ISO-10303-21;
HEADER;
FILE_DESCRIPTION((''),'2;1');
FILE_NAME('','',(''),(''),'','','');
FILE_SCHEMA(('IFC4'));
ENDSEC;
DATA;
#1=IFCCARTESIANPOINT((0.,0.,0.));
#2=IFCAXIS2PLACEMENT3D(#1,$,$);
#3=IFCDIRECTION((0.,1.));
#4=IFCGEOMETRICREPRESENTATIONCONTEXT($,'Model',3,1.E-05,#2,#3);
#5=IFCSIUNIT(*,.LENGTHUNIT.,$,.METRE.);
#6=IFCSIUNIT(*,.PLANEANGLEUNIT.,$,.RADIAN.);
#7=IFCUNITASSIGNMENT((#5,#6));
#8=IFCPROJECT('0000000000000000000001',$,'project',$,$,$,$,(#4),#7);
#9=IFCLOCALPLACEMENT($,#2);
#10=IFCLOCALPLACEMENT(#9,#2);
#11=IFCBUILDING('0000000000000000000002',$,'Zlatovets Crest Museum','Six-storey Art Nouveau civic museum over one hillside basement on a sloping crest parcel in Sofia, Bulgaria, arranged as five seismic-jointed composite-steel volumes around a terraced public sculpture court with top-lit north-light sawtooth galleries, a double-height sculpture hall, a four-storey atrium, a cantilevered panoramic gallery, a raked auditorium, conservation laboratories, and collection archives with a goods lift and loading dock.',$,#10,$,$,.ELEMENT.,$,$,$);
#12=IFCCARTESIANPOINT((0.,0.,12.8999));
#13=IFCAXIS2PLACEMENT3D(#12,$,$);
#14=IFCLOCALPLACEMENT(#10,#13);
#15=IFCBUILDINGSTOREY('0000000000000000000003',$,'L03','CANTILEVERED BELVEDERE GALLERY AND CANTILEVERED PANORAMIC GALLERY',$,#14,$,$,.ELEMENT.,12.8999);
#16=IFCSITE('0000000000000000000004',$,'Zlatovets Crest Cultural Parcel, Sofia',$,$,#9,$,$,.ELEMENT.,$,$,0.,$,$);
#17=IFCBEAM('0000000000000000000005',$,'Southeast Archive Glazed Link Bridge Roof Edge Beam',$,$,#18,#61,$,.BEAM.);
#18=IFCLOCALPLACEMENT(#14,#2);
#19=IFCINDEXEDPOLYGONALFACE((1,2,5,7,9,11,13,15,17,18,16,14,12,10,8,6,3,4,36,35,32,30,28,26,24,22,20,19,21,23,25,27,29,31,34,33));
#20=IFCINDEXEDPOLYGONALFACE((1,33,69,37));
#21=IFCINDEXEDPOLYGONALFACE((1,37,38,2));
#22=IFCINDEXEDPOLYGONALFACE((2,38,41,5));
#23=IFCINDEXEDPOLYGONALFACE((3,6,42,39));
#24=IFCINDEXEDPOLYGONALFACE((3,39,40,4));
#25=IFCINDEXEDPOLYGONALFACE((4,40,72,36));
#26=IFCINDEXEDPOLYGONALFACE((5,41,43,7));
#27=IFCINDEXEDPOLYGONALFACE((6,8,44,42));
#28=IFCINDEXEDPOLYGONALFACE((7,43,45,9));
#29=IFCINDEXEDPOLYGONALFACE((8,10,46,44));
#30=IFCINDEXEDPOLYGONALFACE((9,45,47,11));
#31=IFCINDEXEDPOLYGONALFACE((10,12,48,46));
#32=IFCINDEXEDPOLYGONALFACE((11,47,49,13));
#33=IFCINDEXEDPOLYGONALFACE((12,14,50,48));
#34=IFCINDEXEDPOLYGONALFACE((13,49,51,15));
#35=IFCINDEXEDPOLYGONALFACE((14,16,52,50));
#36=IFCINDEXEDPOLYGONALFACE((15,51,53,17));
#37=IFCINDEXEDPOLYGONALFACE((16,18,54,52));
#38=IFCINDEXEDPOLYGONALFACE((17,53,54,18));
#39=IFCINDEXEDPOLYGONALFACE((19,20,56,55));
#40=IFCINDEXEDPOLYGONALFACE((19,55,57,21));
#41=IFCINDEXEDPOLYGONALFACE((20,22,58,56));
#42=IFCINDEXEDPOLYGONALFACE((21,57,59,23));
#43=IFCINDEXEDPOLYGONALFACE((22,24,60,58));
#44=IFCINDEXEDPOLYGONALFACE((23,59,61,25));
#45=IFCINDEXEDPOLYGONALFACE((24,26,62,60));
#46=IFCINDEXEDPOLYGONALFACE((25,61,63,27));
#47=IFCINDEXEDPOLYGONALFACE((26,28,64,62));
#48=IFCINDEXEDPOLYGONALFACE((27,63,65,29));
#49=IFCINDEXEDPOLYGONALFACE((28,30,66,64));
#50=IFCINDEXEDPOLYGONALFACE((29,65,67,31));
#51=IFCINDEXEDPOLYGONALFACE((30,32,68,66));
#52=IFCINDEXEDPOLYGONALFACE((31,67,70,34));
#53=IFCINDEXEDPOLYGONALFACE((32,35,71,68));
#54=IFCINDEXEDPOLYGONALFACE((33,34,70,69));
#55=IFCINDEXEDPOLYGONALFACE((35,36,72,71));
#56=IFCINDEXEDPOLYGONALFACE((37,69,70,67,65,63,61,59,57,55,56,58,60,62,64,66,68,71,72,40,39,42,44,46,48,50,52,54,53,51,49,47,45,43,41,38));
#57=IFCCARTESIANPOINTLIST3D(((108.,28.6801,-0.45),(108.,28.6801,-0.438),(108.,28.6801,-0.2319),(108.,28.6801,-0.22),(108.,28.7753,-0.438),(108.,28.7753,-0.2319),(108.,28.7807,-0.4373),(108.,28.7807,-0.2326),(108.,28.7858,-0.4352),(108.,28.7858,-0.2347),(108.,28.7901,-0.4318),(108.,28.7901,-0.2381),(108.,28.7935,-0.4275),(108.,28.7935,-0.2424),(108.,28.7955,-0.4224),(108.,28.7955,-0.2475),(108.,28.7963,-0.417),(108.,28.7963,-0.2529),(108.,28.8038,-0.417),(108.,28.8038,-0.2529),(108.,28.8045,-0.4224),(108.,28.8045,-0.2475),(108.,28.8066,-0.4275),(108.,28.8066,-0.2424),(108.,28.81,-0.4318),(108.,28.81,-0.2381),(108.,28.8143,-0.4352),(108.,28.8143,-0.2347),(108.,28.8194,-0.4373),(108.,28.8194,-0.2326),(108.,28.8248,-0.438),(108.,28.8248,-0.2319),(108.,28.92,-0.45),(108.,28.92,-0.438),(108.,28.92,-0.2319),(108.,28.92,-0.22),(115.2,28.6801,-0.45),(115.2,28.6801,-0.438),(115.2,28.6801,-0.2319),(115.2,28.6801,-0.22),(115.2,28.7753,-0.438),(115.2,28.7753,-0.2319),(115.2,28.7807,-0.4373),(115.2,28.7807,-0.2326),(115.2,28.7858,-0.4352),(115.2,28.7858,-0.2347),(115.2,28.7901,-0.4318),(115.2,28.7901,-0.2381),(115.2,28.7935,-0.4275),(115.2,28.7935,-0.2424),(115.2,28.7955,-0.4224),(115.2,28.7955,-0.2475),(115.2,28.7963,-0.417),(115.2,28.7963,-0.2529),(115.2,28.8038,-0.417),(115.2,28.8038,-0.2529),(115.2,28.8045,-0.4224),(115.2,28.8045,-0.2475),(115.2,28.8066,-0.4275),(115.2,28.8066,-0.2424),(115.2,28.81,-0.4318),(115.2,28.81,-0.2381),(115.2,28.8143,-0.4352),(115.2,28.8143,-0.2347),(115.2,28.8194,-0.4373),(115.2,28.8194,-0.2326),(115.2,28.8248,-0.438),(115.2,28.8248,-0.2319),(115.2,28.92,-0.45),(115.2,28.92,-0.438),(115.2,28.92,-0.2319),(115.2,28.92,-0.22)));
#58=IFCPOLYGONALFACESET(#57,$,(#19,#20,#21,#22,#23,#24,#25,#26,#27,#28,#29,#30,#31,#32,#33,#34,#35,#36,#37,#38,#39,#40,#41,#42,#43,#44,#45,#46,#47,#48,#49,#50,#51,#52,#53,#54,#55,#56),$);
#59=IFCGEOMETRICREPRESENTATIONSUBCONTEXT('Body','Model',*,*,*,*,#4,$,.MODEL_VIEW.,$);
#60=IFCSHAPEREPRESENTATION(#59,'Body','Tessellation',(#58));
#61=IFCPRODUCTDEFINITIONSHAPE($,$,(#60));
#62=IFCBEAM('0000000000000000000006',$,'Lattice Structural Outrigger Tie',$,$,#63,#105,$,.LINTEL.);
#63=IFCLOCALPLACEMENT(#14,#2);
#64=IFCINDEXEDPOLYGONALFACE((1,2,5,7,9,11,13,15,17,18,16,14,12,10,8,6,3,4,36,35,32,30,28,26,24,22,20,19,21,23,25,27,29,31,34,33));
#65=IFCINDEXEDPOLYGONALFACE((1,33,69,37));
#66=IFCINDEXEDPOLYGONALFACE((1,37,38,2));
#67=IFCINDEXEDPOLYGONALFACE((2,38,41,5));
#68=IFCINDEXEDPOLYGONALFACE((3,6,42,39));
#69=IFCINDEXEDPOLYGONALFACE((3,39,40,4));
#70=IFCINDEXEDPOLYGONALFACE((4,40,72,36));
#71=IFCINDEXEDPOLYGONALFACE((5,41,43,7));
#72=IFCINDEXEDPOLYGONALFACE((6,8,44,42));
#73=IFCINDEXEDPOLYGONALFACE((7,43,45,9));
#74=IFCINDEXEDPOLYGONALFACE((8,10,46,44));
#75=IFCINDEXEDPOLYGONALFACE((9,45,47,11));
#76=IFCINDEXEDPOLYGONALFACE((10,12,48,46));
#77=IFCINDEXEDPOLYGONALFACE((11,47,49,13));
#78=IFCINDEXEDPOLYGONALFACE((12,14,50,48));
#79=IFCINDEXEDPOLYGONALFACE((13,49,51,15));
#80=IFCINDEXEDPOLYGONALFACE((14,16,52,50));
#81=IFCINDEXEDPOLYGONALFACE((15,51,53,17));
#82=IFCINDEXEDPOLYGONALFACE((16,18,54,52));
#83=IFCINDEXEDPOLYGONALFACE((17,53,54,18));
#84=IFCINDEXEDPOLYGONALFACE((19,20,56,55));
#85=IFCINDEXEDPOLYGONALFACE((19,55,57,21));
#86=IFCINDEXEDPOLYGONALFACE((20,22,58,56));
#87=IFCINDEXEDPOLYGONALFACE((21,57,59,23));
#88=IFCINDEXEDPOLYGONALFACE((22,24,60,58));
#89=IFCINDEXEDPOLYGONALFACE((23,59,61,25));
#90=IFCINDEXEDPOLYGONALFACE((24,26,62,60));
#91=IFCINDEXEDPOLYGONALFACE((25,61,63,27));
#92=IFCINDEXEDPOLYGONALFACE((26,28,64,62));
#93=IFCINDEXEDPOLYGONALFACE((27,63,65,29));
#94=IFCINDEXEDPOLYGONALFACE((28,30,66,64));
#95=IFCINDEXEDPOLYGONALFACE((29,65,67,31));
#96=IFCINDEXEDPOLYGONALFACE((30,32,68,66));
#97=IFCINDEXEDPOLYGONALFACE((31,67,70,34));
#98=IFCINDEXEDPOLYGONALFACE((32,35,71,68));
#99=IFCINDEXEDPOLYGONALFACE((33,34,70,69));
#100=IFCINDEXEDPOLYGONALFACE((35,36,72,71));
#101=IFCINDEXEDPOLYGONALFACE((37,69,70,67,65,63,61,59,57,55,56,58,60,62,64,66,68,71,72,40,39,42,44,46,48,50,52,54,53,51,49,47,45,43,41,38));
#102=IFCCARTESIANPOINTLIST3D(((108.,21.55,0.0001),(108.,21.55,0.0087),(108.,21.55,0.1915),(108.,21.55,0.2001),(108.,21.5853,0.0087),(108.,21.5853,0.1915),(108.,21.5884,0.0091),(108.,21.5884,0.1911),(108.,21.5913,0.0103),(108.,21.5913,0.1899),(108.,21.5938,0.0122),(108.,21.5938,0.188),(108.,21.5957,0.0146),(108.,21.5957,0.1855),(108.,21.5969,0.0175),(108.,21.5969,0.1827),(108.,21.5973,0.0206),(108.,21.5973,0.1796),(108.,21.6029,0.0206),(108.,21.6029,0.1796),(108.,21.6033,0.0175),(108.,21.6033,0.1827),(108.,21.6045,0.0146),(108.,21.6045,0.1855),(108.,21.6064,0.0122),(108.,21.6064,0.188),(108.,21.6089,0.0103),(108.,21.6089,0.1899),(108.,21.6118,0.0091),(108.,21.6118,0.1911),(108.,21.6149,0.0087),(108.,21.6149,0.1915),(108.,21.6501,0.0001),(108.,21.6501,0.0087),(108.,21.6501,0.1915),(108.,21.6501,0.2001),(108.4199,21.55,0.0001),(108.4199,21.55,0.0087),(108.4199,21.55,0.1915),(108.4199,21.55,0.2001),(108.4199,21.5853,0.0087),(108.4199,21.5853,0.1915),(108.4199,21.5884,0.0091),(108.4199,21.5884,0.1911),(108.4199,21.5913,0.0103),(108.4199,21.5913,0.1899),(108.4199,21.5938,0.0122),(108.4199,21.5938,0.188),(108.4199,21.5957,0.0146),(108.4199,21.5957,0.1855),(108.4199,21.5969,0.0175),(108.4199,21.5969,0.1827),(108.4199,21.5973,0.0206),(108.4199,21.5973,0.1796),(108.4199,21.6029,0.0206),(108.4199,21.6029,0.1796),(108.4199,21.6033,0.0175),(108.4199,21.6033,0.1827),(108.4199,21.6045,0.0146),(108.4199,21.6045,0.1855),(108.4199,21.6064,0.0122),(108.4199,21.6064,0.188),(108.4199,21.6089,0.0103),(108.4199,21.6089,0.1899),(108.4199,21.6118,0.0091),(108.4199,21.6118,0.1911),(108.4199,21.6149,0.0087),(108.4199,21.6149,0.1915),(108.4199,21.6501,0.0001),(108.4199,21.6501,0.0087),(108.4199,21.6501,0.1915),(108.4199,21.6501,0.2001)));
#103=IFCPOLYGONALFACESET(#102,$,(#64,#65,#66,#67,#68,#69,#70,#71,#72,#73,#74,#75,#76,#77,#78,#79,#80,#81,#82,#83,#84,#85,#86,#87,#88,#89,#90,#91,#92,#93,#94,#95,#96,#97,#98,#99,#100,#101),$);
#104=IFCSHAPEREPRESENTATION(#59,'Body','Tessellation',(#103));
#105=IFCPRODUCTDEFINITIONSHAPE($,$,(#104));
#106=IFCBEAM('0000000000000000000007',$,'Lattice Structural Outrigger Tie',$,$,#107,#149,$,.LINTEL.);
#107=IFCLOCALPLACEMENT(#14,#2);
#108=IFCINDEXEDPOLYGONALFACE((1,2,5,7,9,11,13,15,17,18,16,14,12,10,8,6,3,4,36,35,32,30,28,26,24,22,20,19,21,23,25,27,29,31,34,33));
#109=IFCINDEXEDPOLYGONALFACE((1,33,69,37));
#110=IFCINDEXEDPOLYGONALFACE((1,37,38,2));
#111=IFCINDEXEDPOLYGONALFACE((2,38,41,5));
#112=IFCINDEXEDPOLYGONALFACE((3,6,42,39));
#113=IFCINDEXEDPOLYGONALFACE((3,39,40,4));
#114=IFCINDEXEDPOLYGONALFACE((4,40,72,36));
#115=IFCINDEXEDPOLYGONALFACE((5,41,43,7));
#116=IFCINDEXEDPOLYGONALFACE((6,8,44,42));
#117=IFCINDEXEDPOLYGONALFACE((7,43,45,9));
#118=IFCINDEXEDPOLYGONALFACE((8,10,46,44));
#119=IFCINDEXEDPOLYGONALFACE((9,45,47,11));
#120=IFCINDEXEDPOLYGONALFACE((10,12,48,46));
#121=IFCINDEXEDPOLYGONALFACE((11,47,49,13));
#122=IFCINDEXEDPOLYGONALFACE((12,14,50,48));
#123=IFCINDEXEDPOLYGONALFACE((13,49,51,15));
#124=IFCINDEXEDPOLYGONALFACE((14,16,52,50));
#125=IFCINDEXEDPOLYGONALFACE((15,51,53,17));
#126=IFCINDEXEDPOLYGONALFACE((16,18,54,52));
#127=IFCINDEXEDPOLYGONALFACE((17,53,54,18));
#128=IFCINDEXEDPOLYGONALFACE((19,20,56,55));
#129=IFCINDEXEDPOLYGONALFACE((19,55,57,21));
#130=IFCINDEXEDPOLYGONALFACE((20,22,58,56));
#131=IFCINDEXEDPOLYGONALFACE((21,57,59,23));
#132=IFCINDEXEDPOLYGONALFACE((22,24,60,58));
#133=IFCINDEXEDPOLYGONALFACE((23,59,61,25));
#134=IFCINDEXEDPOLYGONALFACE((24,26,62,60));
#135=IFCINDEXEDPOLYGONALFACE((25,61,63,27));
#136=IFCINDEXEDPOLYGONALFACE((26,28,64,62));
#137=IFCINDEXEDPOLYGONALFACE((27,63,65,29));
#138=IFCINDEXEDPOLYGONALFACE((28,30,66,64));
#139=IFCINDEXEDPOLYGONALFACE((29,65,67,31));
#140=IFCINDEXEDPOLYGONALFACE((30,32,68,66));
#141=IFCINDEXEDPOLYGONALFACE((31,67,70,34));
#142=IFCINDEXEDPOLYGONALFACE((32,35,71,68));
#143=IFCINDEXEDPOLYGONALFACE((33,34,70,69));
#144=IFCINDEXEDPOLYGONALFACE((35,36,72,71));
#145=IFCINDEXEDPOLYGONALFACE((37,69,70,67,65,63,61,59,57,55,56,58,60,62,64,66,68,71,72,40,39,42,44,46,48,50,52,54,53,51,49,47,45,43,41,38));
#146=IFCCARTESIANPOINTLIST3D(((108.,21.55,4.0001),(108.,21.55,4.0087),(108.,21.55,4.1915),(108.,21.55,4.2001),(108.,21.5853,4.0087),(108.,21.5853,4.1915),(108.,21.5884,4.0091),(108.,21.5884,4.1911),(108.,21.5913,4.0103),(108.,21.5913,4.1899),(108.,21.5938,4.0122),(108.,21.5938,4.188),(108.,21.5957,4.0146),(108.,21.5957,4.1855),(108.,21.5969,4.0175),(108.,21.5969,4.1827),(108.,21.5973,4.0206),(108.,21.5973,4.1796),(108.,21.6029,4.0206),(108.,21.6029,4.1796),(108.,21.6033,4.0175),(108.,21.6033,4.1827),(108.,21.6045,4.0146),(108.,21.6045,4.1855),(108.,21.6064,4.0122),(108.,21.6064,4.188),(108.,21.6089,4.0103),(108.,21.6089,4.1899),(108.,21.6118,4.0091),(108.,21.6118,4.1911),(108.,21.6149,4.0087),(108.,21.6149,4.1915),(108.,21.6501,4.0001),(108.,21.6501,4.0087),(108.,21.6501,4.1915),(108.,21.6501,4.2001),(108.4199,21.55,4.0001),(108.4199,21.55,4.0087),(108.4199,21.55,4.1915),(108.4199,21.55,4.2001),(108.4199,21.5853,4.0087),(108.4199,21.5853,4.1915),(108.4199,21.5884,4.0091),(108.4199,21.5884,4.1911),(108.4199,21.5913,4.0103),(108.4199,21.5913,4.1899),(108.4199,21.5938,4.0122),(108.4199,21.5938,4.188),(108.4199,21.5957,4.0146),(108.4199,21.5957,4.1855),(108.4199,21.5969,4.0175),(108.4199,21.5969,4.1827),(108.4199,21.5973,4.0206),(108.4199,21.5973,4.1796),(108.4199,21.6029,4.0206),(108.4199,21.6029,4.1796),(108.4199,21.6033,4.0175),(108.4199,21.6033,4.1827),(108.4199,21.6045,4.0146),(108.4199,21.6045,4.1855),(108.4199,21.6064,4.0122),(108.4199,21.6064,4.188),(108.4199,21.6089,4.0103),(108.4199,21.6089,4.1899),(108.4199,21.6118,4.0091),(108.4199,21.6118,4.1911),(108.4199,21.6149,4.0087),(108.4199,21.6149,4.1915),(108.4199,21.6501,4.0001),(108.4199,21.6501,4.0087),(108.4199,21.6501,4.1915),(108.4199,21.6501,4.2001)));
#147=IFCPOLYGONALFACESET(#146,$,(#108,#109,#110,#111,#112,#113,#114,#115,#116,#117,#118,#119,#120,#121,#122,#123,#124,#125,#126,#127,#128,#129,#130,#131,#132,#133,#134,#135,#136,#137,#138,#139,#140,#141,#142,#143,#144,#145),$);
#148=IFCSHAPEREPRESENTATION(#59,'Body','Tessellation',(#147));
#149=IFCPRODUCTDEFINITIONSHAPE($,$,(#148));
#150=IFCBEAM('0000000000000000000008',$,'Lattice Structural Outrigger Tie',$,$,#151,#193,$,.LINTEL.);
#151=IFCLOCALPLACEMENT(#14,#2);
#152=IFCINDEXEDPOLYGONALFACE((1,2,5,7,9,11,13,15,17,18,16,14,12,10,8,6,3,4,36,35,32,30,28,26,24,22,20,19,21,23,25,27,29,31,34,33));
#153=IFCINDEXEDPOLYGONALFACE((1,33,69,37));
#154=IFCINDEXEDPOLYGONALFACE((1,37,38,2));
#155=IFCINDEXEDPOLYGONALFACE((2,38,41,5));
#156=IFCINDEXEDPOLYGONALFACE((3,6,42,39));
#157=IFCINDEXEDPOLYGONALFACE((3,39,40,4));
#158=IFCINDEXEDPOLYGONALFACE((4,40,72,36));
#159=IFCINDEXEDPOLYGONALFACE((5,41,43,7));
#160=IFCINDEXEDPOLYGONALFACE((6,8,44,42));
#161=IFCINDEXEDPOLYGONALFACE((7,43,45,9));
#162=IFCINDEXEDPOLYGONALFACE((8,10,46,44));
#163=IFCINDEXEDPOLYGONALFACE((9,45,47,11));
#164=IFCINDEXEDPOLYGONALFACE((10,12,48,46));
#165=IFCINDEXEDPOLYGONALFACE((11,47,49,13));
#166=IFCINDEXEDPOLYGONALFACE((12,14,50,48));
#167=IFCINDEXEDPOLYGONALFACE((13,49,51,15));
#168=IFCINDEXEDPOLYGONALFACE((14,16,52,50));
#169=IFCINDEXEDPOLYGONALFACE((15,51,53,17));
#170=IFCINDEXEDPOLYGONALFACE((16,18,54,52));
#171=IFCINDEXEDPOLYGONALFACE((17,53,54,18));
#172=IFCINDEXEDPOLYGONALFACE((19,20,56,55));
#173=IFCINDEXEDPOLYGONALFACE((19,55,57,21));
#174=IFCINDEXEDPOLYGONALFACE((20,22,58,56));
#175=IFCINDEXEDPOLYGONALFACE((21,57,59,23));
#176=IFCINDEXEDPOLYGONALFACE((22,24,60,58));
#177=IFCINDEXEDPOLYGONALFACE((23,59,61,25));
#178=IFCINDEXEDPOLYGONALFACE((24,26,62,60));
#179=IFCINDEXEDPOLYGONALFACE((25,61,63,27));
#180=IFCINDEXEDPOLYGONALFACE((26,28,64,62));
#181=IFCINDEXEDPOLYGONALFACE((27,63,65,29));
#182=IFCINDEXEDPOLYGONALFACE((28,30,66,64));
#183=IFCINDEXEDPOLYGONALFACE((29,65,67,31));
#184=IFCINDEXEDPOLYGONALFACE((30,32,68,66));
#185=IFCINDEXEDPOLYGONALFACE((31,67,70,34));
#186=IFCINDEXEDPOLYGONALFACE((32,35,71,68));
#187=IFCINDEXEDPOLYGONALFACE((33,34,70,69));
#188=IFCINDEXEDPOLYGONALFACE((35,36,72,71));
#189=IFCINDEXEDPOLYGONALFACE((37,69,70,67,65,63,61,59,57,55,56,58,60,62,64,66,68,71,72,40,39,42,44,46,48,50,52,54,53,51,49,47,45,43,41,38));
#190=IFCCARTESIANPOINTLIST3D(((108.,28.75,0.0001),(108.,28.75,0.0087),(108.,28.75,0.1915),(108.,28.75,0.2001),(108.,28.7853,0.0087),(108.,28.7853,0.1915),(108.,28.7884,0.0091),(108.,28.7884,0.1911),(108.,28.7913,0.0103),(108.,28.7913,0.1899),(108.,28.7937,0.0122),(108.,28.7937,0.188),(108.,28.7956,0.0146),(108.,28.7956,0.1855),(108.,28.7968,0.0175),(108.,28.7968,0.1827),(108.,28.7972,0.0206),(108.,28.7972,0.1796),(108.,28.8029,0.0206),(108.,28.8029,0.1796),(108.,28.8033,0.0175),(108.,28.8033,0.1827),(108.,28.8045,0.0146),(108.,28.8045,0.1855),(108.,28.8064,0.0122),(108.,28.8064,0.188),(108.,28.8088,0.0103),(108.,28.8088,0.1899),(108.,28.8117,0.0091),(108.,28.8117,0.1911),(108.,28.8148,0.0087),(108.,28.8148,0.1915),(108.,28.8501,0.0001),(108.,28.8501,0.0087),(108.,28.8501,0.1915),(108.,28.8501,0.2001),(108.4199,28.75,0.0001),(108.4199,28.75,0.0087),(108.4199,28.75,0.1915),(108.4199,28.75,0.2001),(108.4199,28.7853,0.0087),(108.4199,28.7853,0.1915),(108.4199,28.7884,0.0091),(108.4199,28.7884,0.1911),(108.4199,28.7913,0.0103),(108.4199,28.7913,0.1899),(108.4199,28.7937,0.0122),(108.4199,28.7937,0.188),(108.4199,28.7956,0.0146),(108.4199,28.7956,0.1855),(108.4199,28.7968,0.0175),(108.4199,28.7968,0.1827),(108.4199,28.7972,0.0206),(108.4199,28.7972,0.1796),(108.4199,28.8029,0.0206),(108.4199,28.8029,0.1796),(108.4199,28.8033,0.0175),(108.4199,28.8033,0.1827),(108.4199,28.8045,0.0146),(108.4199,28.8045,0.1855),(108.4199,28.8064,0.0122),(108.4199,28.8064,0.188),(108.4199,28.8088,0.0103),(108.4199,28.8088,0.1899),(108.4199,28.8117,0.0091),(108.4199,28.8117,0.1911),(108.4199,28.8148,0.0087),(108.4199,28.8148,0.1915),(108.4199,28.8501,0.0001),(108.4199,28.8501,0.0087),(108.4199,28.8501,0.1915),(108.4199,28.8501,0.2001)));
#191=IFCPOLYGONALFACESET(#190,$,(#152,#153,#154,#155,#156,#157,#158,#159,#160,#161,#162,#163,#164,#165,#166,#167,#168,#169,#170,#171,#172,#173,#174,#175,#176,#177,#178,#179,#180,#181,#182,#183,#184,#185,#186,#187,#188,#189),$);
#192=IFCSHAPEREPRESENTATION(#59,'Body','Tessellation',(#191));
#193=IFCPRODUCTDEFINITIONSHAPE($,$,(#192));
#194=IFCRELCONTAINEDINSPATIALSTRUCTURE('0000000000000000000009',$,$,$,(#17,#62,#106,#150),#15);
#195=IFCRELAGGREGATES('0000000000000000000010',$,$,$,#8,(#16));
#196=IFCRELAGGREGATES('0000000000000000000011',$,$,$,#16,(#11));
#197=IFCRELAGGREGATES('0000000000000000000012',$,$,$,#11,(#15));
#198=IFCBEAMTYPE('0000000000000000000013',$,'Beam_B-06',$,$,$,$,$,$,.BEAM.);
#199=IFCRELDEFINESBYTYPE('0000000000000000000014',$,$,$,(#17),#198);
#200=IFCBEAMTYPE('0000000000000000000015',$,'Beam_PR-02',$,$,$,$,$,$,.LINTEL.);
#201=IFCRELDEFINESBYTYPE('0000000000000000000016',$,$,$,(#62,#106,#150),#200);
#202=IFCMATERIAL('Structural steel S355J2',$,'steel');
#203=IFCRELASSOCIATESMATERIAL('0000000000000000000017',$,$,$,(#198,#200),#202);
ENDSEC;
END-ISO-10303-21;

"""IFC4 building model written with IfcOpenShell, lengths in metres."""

from ifc_helpers import new_model, si_unit, direction, frame, origin, origin_2d, place, context, subcontext, project, spatial, i_section, extrude, material, material_profile, profile_set, type_object, element, save


model = new_model("IFC4")

# Units and contexts
model_context = context("Model", 3, precision=1e-05, world=origin(), true_north=direction((0.0, 1.0)))
body_context = subcontext(model_context, "Body", "Model", "MODEL_VIEW")
ifc_project = project(units=[si_unit("LENGTHUNIT", "METRE"), si_unit("PLANEANGLEUNIT", "RADIAN")], contexts=[model_context])

# Site, building, storey
site_placement = place(None, origin())
site = spatial("IfcSite", under=ifc_project, at=site_placement, Name="Zlatovets Crest Cultural Parcel, Sofia", CompositionType="ELEMENT", RefElevation=0.0)
building_placement = place(site_placement, origin())
building = spatial("IfcBuilding", under=site, at=building_placement, Name="Zlatovets Crest Museum", Description="Six-storey Art Nouveau civic museum over one hillside basement on a sloping crest parcel in Sofia, Bulgaria, arranged as five seismic-jointed composite-steel volumes around a terraced public sculpture court with top-lit north-light sawtooth galleries, a double-height sculpture hall, a four-storey atrium, a cantilevered panoramic gallery, a raked auditorium, conservation laboratories, and collection archives with a goods lift and loading dock.", CompositionType="ELEMENT")
storey_placement = place(building_placement, frame((0.0, 0.0, 12.8999)))
storey = spatial("IfcBuildingStorey", under=building, at=storey_placement, Name="L03", Description="CANTILEVERED BELVEDERE GALLERY AND CANTILEVERED PANORAMIC GALLERY", CompositionType="ELEMENT", Elevation=12.8999)

# Shared definitions
ifc_material_1 = material(Name="Structural steel S355J2", Category="steel")

# Beams
ifc_material_profile_1 = material_profile(ifc_material_1, i_section(OverallWidth=0.24, OverallDepth=0.23, WebThickness=0.0076, FlangeThickness=0.012, FilletRadius=0.021, at=origin_2d()), Name="HEA 240")
ifc_profile_set_1 = profile_set([ifc_material_profile_1], Name="Structural steel S355J2")
beam_type_1 = type_object("IfcBeamType", Name="Beam_B-06", PredefinedType="BEAM", material=ifc_profile_set_1)
for number, where, z_axis, x_axis, name in (
    (1, (108.0, 28.8, -0.335), (1.0, 0.0, 0.0), (0.0, 1.0, 0.0), "Southeast Archive Glazed Link Bridge Roof Edge Beam"),
):
    element("IfcBeam", number, at=place(storey_placement, frame(where, z_axis=z_axis, x_axis=x_axis)), inside=storey, type_object=beam_type_1, Name=name, PredefinedType="BEAM", context=body_context, shape_type="SweptSolid", body=[
        extrude(i_section(OverallWidth=0.24, OverallDepth=0.23, WebThickness=0.0076, FlangeThickness=0.012, FilletRadius=0.021, at=origin_2d()), origin(), (0.0, 0.0, 1.0), 7.2),
    ])
ifc_material_profile_2 = material_profile(ifc_material_1, i_section(OverallWidth=0.1001, OverallDepth=0.2, WebThickness=0.0056, FlangeThickness=0.0085, FilletRadius=0.012, at=origin_2d()), Name="IPE 200")
ifc_profile_set_2 = profile_set([ifc_material_profile_2], Name="Structural steel S355J2")
beam_type_2 = type_object("IfcBeamType", Name="Beam_PR-02", PredefinedType="LINTEL", material=ifc_profile_set_2)
for number, where, z_axis, x_axis, name in (
    (2, (108.0, 21.6001, 0.1001), (1.0, 0.0, 0.0), (0.0, 1.0, 0.0), "Lattice Structural Outrigger Tie"),
    (3, (108.0, 21.6001, 4.1001), (1.0, 0.0, 0.0), (0.0, 1.0, 0.0), "Lattice Structural Outrigger Tie"),
    (4, (108.0, 28.8, 0.1001), (1.0, 0.0, 0.0), (0.0, 1.0, 0.0), "Lattice Structural Outrigger Tie"),
):
    element("IfcBeam", number, at=place(storey_placement, frame(where, z_axis=z_axis, x_axis=x_axis)), inside=storey, type_object=beam_type_2, Name=name, PredefinedType="LINTEL", context=body_context, shape_type="SweptSolid", body=[
        extrude(i_section(OverallWidth=0.1001, OverallDepth=0.2, WebThickness=0.0056, FlangeThickness=0.0085, FilletRadius=0.012, at=origin_2d()), origin(), (0.0, 0.0, 1.0), 0.4199),
    ])

save(model, "model.ifc")
